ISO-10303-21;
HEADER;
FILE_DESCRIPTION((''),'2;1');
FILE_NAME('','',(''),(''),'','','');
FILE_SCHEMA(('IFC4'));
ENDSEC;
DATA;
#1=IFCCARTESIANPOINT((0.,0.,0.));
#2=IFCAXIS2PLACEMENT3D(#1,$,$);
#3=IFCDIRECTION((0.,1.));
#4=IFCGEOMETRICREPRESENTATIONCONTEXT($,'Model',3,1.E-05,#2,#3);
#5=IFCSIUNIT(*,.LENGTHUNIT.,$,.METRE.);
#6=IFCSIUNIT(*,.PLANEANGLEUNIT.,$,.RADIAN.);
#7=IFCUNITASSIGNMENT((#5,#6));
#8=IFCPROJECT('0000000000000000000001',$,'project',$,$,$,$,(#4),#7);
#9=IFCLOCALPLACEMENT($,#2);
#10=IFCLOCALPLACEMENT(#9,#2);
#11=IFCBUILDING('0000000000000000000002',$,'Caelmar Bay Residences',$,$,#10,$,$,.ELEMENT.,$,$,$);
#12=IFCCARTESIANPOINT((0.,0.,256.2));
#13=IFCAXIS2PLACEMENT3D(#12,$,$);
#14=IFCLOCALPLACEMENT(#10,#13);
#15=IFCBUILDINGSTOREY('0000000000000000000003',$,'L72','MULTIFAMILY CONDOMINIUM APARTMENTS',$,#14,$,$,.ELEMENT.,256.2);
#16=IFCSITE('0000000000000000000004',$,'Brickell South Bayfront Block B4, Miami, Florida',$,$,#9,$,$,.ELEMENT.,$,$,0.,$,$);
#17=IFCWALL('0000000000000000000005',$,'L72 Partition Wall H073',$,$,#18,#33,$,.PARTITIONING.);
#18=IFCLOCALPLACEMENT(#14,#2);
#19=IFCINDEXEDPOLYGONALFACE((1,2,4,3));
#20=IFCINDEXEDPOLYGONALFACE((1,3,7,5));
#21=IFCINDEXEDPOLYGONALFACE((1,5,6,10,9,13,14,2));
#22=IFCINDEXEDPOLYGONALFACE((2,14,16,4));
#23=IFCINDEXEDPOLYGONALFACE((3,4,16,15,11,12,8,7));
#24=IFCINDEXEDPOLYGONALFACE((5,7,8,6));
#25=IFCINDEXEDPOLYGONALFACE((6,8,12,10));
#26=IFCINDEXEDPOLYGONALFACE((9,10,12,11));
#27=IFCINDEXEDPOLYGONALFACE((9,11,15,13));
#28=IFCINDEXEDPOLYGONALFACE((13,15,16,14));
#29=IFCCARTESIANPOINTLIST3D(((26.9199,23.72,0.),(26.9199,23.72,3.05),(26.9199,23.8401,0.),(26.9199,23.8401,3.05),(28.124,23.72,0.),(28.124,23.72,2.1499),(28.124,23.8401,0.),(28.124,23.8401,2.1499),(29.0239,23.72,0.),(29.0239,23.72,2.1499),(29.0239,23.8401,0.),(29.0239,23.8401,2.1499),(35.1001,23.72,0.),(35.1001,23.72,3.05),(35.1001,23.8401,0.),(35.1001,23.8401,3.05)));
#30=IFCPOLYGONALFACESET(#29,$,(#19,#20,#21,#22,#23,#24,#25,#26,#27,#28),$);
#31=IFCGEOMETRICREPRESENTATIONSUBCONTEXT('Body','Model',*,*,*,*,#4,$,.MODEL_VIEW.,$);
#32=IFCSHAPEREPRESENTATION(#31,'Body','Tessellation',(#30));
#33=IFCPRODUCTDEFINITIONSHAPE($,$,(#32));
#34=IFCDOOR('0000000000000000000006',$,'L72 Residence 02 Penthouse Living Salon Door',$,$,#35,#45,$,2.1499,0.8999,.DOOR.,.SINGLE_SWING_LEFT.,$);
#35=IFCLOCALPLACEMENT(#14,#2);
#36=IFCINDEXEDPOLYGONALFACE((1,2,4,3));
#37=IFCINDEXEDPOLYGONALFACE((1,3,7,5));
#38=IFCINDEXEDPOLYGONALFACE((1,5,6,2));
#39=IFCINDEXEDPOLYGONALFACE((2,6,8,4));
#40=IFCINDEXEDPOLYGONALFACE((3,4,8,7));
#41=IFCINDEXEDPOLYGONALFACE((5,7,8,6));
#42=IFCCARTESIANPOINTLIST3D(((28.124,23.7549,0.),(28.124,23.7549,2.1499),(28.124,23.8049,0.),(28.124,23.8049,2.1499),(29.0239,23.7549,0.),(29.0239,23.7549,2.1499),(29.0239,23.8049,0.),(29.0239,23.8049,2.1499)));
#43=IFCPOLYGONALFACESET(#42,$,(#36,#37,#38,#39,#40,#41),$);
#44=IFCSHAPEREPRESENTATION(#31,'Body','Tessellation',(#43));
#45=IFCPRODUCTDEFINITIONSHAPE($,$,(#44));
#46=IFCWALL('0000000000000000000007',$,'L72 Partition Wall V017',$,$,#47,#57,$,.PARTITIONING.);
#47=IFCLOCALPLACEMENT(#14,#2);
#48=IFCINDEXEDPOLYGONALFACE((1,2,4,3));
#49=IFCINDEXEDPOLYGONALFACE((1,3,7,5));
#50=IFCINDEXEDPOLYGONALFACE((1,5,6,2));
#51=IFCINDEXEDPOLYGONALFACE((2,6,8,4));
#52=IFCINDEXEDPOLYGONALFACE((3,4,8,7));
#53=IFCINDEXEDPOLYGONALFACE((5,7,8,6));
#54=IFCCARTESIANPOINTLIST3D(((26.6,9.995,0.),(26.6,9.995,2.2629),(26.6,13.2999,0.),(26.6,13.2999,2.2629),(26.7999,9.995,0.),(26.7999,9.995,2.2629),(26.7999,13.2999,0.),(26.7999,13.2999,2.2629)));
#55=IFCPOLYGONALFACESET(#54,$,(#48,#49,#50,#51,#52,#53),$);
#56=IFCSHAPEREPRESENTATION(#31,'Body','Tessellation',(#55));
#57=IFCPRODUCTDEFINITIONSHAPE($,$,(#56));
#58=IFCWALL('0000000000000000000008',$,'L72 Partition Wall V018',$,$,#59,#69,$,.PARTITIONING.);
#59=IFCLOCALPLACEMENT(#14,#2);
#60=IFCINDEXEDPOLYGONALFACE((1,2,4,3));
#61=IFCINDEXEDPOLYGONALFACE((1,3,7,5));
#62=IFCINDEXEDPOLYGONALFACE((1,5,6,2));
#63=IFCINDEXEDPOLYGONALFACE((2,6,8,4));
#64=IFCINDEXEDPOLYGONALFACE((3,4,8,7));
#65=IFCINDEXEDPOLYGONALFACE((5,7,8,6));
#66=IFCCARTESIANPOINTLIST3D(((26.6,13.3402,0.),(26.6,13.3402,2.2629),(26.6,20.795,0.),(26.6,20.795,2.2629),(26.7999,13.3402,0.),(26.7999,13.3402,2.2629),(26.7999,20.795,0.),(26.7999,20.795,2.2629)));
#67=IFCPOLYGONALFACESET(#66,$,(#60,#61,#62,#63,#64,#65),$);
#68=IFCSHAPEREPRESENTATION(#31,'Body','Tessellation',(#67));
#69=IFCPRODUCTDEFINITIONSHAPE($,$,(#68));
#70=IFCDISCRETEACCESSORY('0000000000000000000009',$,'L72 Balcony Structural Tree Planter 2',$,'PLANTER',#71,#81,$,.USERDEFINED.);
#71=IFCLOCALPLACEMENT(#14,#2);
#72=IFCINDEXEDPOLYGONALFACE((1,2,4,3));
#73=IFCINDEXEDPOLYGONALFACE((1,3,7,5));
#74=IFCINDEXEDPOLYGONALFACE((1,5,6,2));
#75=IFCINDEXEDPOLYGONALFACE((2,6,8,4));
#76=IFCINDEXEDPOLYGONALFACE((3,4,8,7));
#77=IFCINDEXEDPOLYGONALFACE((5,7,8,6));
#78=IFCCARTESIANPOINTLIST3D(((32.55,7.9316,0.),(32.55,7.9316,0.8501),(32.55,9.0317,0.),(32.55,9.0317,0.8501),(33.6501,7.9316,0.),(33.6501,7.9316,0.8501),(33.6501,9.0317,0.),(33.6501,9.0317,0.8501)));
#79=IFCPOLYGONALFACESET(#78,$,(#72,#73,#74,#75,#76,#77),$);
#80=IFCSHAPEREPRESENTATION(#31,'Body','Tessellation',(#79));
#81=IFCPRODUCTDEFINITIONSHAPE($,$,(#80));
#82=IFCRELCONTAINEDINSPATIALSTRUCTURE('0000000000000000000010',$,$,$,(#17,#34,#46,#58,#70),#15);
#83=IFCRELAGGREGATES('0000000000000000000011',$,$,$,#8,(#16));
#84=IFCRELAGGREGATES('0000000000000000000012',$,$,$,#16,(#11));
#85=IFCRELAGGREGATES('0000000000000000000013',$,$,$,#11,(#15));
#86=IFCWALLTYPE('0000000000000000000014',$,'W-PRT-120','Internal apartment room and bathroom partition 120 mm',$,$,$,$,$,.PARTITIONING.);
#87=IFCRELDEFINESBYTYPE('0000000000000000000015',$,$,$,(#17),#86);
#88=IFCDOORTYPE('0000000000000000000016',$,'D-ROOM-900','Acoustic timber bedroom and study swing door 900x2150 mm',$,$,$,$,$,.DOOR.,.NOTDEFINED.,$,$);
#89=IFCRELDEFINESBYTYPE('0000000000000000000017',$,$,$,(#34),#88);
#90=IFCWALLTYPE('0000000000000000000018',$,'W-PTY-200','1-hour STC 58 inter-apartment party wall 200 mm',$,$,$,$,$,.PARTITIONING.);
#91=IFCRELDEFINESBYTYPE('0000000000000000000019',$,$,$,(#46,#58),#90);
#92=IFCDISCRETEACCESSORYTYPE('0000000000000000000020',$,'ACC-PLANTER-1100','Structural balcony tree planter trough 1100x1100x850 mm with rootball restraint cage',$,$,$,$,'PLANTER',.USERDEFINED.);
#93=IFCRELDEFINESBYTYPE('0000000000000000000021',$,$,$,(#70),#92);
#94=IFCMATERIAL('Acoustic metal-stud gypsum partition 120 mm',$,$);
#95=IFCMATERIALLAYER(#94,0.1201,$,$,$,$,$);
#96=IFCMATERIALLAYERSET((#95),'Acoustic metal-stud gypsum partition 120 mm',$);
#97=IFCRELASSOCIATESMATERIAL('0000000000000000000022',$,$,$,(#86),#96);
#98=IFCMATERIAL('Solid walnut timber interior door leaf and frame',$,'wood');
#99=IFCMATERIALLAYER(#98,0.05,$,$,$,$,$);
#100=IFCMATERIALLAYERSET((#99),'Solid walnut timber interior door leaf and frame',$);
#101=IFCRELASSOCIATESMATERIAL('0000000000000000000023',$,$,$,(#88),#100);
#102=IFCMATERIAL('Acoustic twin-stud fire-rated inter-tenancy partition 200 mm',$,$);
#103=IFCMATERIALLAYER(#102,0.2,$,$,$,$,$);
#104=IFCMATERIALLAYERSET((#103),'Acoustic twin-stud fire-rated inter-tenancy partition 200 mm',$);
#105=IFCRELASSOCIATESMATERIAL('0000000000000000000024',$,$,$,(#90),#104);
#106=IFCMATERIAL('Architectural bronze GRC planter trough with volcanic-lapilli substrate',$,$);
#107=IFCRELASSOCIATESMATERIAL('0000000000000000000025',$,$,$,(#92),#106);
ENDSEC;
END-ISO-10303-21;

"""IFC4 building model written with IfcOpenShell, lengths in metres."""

from ifc_helpers import new_model, si_unit, direction, frame, frame_2d, origin, origin_2d, place, context, subcontext, project, spatial, rectangle, extrude, material, layer, layer_set, type_object, element, fill, save


model = new_model("IFC4")

# Units and contexts
model_context = context("Model", 3, precision=1e-05, world=origin(), true_north=direction((0.0, 1.0)))
body_context = subcontext(model_context, "Body", "Model", "MODEL_VIEW")
ifc_project = project(units=[si_unit("LENGTHUNIT", "METRE"), si_unit("PLANEANGLEUNIT", "RADIAN")], contexts=[model_context])

# Site, building, storey
site_placement = place(None, origin())
site = spatial("IfcSite", under=ifc_project, at=site_placement, Name="Brickell South Bayfront Block B4, Miami, Florida", CompositionType="ELEMENT", RefElevation=0.0)
building_placement = place(site_placement, origin())
building = spatial("IfcBuilding", under=site, at=building_placement, Name="Caelmar Bay Residences", CompositionType="ELEMENT")
storey_placement = place(building_placement, frame((0.0, 0.0, 256.2)))
storey = spatial("IfcBuildingStorey", under=building, at=storey_placement, Name="L72", Description="MULTIFAMILY CONDOMINIUM APARTMENTS", CompositionType="ELEMENT", Elevation=256.2)

# Shared definitions
ifc_material_1 = material(Name="Acoustic metal-stud gypsum partition 120 mm")
ifc_layer_1 = layer(ifc_material_1, 0.1201)
ifc_layer_set_1 = layer_set([ifc_layer_1], Name="Acoustic metal-stud gypsum partition 120 mm")
wall_type_1 = type_object("IfcWallType", Name="W-PRT-120", Description="Internal apartment room and bathroom partition 120 mm", PredefinedType="PARTITIONING", material=ifc_layer_set_1)

# Wall, opening, door
wall_1_placement = place(storey_placement, frame((26.9199, 23.78, 0.0), z_axis=(0.0, 0.0, 1.0), x_axis=(1.0, 0.0, 0.0)))
wall_1 = element("IfcWall", 1, at=wall_1_placement, inside=storey, type_object=wall_type_1, Name="L72 Partition Wall H073", PredefinedType="PARTITIONING", context=body_context, shape_type="SweptSolid", body=[
    extrude(rectangle(XDim=8.1802, YDim=0.1201, at=frame_2d((4.0901, 0.0))), origin(), (0.0, 0.0, 1.0), 3.05),
])
opening_placement = place(wall_1_placement, frame((1.2041, 0.0, 0.0)))
opening = element("IfcOpeningElement", 2, at=opening_placement, cuts=wall_1, PredefinedType="OPENING", context=body_context, shape_type="SweptSolid", body=[
    extrude(rectangle(XDim=0.8999, YDim=2.1499, at=frame_2d((0.45, 1.075))), frame((0.0, 0.0701, 0.0), z_axis=(0.0, -1.0, 0.0), x_axis=(1.0, 0.0, 0.0)), (0.0, 0.0, 1.0), 0.1401),
])
ifc_material_2 = material(Name="Solid walnut timber interior door leaf and frame", Category="wood")
ifc_layer_2 = layer(ifc_material_2, 0.05)
ifc_layer_set_2 = layer_set([ifc_layer_2], Name="Solid walnut timber interior door leaf and frame")
door_type = type_object("IfcDoorType", Name="D-ROOM-900", Description="Acoustic timber bedroom and study swing door 900x2150 mm", OperationType="NOTDEFINED", PredefinedType="DOOR", material=ifc_layer_set_2)
door_placement = place(opening_placement, origin())
door = element("IfcDoor", 3, at=door_placement, inside=storey, type_object=door_type, Name="L72 Residence 02 Penthouse Living Salon Door", OperationType="SINGLE_SWING_LEFT", OverallHeight=2.1499, OverallWidth=0.8999, PredefinedType="DOOR", context=body_context, shape_type="SweptSolid", body=[
    extrude(rectangle(XDim=0.8999, YDim=2.1499, at=frame_2d((0.45, 1.075))), frame((0.0, 0.0249, 0.0), z_axis=(0.0, -1.0, 0.0), x_axis=(1.0, 0.0, 0.0)), (0.0, 0.0, 1.0), 0.05),
])
fill(opening, door)

# Walls
ifc_material_3 = material(Name="Acoustic twin-stud fire-rated inter-tenancy partition 200 mm")
ifc_layer_3 = layer(ifc_material_3, 0.2)
ifc_layer_set_3 = layer_set([ifc_layer_3], Name="Acoustic twin-stud fire-rated inter-tenancy partition 200 mm")
wall_type_2 = type_object("IfcWallType", Name="W-PTY-200", Description="1-hour STC 58 inter-apartment party wall 200 mm", PredefinedType="PARTITIONING", material=ifc_layer_set_3)
wall_2_placement = place(storey_placement, frame((26.7, 9.9951, 0.0), z_axis=(0.0, 0.0, 1.0), x_axis=(0.0, 1.0, 0.0)))
element("IfcWall", 4, at=wall_2_placement, inside=storey, type_object=wall_type_2, Name="L72 Partition Wall V017", PredefinedType="PARTITIONING", context=body_context, shape_type="SweptSolid", body=[
    extrude(rectangle(XDim=3.3049, YDim=0.2, at=frame_2d((1.6523, 0.0))), origin(), (0.0, 0.0, 1.0), 2.2629),
])
wall_3_placement = place(storey_placement, frame((26.7, 13.3401, 0.0), z_axis=(0.0, 0.0, 1.0), x_axis=(0.0, 1.0, 0.0)))
element("IfcWall", 5, at=wall_3_placement, inside=storey, type_object=wall_type_2, Name="L72 Partition Wall V018", PredefinedType="PARTITIONING", context=body_context, shape_type="SweptSolid", body=[
    extrude(rectangle(XDim=7.4548, YDim=0.2, at=frame_2d((3.7275, 0.0))), origin(), (0.0, 0.0, 1.0), 2.2629),
])

# Discrete accessory
ifc_material_4 = material(Name="Architectural bronze GRC planter trough with volcanic-lapilli substrate")
discrete_accessory_type = type_object("IfcDiscreteAccessoryType", Name="ACC-PLANTER-1100", Description="Structural balcony tree planter trough 1100x1100x850 mm with rootball restraint cage", ElementType="PLANTER", PredefinedType="USERDEFINED", material=ifc_material_4)
discrete_accessory_placement = place(storey_placement, frame((33.1001, 8.4817, 0.0), z_axis=(0.0, 0.0, 1.0), x_axis=(1.0, 0.0, 0.0)))
element("IfcDiscreteAccessory", 6, at=discrete_accessory_placement, inside=storey, type_object=discrete_accessory_type, Name="L72 Balcony Structural Tree Planter 2", ObjectType="PLANTER", PredefinedType="USERDEFINED", context=body_context, shape_type="SweptSolid", body=[
    extrude(rectangle(XDim=1.1001, YDim=1.1001, at=origin_2d()), origin(), (0.0, 0.0, 1.0), 0.8501),
])

save(model, "model.ifc")
